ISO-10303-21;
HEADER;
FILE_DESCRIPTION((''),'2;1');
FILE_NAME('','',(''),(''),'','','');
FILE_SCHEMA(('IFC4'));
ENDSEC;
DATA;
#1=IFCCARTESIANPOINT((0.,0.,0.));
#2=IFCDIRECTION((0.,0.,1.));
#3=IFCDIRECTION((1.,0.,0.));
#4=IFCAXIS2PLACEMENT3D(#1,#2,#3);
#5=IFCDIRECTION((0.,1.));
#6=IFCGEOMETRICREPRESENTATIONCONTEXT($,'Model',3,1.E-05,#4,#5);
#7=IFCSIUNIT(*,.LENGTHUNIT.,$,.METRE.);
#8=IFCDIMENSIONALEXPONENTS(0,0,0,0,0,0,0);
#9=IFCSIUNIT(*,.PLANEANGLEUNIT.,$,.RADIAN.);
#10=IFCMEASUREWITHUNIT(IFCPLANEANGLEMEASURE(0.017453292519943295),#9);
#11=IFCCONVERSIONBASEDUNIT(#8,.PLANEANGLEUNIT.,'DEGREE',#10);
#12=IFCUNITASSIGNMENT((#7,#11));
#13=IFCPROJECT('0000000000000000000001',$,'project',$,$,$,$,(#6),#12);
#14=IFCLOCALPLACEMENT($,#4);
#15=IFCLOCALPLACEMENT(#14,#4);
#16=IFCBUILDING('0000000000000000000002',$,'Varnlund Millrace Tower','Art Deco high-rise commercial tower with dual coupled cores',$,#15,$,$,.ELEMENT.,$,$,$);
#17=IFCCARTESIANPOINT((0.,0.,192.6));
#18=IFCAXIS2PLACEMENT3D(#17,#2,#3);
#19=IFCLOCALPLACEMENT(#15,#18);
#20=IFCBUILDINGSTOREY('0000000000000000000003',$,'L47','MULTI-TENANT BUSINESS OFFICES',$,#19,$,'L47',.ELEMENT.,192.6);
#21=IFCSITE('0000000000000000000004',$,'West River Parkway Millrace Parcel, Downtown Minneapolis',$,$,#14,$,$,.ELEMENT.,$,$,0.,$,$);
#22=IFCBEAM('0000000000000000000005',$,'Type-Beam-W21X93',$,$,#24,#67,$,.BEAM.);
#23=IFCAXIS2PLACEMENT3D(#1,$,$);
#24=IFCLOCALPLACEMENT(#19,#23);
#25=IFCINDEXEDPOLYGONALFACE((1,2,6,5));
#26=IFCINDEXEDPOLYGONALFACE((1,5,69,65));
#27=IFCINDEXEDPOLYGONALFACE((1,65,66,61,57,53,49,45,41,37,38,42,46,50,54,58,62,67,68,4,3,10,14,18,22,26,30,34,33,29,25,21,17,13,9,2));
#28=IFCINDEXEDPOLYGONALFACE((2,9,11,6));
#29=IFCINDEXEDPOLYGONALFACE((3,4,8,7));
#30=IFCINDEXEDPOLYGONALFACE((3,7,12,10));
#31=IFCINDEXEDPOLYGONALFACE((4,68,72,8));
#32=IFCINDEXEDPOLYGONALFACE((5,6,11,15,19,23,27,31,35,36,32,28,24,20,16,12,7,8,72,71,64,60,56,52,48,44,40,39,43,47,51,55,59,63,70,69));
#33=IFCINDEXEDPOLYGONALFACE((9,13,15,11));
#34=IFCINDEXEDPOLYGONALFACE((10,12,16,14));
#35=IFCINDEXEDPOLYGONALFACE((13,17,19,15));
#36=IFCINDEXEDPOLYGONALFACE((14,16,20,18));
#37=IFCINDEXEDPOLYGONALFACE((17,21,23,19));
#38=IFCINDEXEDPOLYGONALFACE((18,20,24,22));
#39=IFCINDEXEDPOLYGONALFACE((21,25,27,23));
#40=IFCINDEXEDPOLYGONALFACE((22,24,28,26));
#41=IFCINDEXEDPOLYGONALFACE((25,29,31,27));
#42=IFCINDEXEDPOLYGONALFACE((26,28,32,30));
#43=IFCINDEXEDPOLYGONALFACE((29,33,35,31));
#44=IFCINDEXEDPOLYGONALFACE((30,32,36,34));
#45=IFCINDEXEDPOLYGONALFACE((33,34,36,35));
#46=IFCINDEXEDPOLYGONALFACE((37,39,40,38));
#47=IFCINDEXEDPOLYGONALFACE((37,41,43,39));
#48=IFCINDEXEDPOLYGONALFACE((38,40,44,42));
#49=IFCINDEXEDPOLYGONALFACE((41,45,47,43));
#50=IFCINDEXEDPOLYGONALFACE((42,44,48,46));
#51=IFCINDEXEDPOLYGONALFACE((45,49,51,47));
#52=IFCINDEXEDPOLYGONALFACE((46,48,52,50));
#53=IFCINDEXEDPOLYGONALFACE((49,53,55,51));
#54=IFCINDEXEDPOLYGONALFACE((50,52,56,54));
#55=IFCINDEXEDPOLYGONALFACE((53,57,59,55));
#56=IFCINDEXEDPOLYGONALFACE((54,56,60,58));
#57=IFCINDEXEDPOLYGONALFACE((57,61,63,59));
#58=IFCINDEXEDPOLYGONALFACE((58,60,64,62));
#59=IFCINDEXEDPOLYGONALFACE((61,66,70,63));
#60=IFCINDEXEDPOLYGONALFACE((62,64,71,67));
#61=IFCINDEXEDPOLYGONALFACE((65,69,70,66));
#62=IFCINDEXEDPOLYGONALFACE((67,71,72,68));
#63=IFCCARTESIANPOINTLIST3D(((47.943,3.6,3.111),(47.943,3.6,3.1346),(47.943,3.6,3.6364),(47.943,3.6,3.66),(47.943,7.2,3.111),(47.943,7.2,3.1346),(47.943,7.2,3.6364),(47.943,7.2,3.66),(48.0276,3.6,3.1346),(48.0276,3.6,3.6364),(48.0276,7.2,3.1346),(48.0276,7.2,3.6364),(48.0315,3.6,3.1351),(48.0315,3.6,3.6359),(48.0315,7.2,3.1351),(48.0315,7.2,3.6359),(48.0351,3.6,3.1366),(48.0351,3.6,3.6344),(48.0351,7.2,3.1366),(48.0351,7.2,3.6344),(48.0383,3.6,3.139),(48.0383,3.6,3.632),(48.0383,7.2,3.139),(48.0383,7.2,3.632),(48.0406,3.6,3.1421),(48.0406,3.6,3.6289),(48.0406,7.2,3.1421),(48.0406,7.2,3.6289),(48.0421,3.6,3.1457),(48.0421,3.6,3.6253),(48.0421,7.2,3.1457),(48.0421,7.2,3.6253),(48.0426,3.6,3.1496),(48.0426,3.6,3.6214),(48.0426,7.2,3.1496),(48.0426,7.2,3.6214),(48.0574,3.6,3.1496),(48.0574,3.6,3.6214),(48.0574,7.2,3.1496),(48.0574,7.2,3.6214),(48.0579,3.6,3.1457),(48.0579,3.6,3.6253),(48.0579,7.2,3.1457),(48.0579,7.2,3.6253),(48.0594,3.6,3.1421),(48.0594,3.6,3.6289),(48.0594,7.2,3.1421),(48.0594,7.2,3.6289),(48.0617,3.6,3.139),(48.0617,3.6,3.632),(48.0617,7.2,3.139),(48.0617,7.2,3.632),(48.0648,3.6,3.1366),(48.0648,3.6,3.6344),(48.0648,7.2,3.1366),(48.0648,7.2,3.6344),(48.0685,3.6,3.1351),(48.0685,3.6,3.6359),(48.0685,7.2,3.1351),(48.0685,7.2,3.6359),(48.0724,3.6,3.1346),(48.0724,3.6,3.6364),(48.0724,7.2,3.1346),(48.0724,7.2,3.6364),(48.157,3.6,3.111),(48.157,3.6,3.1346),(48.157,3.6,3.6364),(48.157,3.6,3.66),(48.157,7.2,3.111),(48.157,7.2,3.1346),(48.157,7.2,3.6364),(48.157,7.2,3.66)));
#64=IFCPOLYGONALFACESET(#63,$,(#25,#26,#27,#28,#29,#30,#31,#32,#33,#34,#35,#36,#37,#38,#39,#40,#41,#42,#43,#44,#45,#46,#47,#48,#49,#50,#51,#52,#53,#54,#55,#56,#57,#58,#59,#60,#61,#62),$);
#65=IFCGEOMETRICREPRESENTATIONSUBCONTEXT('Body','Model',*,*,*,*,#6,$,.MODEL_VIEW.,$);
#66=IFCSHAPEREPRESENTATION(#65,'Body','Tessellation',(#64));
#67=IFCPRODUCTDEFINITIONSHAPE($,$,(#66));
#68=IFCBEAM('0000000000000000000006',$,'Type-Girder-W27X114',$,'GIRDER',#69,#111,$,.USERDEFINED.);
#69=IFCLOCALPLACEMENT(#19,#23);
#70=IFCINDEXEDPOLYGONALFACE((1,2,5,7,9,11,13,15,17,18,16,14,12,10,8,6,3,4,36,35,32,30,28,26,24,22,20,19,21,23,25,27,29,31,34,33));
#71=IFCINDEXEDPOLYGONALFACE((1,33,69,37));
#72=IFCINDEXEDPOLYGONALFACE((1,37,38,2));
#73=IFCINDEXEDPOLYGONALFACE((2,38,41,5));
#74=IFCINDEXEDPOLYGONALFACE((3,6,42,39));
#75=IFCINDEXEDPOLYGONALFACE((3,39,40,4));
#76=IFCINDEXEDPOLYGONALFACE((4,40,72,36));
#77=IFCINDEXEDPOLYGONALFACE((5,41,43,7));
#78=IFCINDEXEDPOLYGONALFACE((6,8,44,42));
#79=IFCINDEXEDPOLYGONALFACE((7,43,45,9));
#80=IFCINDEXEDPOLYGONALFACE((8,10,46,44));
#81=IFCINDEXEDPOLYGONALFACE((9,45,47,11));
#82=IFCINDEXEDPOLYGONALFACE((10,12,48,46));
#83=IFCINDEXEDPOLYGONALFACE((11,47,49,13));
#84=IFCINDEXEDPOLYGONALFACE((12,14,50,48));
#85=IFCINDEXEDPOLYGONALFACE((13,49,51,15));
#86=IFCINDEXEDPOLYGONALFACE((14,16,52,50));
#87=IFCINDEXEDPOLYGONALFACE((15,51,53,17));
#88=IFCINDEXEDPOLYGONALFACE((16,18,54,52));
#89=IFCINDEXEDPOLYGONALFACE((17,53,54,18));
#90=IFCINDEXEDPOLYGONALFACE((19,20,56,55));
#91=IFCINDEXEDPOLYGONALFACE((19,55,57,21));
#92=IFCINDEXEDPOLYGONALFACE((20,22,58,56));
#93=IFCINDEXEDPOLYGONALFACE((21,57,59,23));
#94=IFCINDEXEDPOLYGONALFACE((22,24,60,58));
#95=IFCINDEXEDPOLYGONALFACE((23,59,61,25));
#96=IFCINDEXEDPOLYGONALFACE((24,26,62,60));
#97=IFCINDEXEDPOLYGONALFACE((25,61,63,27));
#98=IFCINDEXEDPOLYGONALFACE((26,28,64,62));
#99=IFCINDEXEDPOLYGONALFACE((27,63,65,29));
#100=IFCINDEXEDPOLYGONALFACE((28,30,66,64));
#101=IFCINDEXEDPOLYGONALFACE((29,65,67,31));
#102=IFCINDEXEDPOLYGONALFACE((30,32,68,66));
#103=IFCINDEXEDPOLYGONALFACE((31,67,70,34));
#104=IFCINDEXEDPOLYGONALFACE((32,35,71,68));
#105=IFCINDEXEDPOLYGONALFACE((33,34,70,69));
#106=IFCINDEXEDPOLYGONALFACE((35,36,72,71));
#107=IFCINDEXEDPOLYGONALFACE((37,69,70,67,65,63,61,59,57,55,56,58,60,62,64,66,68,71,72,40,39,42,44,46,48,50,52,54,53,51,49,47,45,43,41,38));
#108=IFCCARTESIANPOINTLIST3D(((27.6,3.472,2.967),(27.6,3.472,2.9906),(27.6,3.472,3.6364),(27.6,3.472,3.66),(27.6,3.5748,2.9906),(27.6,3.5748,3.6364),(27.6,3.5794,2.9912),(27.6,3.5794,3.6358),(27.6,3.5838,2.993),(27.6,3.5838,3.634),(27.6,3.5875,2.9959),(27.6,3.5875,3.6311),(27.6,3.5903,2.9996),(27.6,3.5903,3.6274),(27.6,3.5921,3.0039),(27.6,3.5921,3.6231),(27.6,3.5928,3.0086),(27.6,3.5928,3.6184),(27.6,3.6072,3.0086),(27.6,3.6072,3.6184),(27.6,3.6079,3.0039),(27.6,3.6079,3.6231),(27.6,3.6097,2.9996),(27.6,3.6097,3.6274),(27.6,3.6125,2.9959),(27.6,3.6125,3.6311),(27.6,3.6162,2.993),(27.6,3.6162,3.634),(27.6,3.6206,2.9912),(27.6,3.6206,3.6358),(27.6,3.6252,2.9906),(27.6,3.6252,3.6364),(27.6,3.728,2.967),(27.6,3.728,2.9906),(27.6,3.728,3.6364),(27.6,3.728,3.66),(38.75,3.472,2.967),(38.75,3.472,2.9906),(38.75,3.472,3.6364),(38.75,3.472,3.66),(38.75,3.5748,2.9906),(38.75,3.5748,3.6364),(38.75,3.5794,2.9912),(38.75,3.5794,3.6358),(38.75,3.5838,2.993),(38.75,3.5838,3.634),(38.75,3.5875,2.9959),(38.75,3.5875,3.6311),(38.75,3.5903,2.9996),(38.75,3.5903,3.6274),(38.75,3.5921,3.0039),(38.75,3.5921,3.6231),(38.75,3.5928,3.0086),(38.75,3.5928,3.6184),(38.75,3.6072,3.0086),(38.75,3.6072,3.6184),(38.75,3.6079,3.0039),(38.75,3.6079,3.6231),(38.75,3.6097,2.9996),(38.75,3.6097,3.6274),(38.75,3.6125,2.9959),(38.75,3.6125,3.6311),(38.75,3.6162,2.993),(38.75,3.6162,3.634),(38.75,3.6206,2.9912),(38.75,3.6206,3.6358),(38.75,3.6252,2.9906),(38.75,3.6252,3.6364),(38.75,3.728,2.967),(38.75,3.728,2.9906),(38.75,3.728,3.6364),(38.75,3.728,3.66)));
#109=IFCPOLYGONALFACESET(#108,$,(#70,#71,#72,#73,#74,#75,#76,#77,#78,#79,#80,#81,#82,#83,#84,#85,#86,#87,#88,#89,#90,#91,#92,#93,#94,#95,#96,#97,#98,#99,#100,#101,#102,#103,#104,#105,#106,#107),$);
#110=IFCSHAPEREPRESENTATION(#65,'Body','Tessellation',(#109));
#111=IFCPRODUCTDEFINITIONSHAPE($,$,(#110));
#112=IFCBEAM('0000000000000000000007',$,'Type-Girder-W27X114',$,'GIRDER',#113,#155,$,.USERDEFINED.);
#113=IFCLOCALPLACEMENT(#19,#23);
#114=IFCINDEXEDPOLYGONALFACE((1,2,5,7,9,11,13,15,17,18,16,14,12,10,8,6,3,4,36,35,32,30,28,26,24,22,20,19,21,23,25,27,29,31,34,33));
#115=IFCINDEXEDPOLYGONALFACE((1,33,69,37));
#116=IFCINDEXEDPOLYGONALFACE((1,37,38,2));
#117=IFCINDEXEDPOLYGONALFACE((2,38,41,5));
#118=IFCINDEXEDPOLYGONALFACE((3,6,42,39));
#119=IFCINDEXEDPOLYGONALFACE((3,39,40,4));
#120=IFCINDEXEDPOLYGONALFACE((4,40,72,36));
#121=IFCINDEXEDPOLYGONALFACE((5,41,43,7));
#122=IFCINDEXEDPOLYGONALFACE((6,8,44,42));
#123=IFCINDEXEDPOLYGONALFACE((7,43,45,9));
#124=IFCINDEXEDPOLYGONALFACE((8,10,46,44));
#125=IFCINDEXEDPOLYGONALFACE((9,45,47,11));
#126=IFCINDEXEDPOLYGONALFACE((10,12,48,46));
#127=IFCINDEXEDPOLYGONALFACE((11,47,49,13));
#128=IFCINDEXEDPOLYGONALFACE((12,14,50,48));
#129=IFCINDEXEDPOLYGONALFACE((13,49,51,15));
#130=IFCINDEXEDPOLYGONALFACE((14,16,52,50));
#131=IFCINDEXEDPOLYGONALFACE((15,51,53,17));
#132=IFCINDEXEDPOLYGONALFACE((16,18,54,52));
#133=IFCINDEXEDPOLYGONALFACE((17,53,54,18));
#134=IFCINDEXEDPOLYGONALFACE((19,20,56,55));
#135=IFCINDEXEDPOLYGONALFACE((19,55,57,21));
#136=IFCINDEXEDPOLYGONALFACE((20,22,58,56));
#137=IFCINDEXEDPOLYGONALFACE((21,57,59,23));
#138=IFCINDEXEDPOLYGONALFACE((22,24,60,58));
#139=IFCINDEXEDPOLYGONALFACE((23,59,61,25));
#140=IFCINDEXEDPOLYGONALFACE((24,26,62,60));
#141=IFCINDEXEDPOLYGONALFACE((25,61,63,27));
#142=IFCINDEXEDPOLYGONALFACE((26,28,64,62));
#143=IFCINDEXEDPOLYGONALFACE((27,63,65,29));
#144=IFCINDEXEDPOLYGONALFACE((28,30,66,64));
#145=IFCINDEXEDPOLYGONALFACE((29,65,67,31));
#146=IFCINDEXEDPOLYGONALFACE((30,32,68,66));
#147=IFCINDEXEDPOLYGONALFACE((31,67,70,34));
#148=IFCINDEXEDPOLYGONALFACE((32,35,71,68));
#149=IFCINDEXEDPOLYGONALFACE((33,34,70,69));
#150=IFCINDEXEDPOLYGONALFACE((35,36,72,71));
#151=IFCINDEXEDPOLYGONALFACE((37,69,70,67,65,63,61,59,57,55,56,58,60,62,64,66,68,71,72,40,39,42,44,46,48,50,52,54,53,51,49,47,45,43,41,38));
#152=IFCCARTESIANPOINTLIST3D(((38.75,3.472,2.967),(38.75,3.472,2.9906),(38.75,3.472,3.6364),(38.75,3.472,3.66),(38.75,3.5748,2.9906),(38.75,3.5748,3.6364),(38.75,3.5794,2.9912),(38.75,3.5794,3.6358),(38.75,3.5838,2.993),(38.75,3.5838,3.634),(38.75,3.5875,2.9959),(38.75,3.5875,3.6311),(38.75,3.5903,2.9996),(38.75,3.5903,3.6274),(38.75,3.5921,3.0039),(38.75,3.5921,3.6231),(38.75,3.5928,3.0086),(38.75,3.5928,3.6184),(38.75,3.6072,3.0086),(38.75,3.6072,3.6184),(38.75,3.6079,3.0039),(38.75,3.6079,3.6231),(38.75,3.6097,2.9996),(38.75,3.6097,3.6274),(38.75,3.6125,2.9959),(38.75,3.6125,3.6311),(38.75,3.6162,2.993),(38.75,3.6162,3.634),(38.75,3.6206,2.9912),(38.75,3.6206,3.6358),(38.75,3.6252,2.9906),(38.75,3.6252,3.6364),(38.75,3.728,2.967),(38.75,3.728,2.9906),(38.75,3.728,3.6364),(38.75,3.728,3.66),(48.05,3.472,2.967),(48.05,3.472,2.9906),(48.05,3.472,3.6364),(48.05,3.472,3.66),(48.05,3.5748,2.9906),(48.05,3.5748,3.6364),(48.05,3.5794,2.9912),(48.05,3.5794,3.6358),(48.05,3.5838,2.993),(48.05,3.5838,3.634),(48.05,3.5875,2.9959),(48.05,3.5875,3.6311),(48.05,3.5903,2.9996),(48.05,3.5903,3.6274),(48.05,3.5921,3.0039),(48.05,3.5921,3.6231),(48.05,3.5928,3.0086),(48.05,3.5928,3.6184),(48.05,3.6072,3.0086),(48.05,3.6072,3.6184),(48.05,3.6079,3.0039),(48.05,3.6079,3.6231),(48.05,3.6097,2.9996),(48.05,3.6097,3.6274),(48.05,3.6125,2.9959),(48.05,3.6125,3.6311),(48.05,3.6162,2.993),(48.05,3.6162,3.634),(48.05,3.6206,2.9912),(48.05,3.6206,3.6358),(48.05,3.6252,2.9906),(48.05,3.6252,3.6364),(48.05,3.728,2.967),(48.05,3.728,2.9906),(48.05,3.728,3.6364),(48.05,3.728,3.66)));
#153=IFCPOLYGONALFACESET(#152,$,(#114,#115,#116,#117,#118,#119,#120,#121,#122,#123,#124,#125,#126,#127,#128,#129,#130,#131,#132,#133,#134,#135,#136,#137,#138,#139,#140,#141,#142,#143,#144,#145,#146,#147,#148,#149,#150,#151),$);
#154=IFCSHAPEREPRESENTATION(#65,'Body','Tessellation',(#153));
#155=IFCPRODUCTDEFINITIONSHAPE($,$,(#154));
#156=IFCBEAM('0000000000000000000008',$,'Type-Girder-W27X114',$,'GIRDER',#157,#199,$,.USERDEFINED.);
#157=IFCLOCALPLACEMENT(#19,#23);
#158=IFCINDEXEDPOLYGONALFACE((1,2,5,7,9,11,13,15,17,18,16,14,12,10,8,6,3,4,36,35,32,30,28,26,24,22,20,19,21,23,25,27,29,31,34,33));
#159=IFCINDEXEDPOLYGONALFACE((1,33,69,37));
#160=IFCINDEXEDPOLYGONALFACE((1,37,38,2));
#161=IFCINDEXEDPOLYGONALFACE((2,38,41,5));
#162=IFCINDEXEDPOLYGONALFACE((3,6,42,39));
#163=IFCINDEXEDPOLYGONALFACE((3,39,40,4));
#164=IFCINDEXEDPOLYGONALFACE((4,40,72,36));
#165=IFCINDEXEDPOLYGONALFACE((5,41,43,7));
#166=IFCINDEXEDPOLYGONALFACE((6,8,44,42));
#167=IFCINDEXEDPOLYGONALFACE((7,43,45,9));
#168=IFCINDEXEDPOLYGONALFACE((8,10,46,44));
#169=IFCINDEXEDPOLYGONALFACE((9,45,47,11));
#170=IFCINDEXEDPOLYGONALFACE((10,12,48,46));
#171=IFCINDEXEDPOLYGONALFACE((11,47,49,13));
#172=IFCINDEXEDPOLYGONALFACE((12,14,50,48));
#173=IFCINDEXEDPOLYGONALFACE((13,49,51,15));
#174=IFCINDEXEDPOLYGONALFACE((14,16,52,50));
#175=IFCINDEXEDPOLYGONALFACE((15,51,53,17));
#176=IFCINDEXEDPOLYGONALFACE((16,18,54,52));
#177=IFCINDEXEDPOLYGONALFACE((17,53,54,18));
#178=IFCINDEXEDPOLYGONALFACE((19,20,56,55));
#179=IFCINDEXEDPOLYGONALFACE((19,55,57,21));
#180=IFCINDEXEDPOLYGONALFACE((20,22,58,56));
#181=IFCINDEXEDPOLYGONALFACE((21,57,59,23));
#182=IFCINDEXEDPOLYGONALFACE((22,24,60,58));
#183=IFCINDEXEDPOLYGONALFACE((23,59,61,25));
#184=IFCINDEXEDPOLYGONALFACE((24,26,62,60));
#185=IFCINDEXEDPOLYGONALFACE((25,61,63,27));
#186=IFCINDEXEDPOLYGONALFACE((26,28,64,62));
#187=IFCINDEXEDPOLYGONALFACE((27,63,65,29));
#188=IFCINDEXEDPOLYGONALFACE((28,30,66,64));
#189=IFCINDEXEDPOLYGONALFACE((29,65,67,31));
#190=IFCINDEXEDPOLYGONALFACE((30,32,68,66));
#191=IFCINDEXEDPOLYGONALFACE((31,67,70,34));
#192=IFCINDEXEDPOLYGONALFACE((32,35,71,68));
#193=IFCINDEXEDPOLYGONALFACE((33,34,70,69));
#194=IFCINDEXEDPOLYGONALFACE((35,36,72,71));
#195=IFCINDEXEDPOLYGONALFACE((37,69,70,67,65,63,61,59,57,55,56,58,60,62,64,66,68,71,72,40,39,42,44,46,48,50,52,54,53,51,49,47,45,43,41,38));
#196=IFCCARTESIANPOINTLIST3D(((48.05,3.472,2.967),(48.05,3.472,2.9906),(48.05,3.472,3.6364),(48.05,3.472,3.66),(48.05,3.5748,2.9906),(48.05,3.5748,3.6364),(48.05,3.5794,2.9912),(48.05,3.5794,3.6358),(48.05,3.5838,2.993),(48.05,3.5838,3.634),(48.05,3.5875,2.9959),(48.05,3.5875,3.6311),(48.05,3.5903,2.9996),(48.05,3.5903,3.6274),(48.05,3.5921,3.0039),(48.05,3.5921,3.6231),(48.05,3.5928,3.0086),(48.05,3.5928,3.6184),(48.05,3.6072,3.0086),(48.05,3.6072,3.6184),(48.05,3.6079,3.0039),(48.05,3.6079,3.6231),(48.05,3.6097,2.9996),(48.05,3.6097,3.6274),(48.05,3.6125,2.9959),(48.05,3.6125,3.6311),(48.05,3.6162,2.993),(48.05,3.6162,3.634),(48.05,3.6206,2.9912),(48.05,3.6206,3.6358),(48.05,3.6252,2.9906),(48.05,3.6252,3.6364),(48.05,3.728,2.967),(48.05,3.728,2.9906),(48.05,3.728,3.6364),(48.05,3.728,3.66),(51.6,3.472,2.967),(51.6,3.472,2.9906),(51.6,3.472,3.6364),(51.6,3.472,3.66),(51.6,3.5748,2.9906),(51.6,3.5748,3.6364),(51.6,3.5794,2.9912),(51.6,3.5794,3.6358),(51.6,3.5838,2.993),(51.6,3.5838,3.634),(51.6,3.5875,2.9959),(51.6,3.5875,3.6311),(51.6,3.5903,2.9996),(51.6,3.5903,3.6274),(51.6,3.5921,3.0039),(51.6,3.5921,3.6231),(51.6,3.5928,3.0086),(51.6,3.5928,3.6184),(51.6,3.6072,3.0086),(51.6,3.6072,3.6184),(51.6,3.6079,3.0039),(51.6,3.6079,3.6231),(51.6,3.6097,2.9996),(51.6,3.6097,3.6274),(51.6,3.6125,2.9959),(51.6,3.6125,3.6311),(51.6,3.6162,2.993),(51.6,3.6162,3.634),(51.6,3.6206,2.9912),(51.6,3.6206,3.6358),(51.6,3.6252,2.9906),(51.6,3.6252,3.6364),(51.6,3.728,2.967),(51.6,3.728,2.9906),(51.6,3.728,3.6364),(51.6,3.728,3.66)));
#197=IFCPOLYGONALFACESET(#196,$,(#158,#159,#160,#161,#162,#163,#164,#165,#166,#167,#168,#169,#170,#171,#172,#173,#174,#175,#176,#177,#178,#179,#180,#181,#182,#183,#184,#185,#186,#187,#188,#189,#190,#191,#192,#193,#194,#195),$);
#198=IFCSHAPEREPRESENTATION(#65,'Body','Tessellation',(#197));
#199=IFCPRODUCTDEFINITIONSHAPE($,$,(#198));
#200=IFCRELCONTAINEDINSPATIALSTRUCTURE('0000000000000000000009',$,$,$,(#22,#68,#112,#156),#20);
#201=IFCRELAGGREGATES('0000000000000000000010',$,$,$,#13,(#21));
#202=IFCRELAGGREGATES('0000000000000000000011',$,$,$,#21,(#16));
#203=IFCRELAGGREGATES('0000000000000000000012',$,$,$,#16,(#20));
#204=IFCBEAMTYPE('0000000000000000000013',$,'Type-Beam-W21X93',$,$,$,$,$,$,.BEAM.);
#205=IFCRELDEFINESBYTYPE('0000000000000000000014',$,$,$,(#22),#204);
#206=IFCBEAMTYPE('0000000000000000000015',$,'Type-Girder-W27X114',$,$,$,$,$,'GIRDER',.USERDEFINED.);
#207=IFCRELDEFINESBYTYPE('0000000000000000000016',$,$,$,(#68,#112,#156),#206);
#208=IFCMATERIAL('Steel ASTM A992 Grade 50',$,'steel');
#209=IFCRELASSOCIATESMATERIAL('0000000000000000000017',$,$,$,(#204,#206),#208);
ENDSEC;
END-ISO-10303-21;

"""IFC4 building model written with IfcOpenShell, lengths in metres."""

from ifc_helpers import new_model, entity, si_unit, converted_unit, direction, frame, origin_with_axes, origin_2d_with_axis, place, context, subcontext, project, spatial, i_section, extrude, material, material_profile, profile_set, type_object, element, save


model = new_model("IFC4")

# Units and contexts
model_context = context("Model", 3, precision=1e-05, world=origin_with_axes(), true_north=direction((0.0, 1.0)))
body_context = subcontext(model_context, "Body", "Model", "MODEL_VIEW")
ifc_project = project(units=[si_unit("LENGTHUNIT", "METRE"), converted_unit("PLANEANGLEUNIT", "DEGREE", entity("IfcPlaneAngleMeasure", 0.017453292519943295), si_unit("PLANEANGLEUNIT", "RADIAN"), dimensions=[0, 0, 0, 0, 0, 0, 0])], contexts=[model_context])

# Site, building, storey
site_placement = place(None, origin_with_axes())
site = spatial("IfcSite", under=ifc_project, at=site_placement, Name="West River Parkway Millrace Parcel, Downtown Minneapolis", CompositionType="ELEMENT", RefElevation=0.0)
building_placement = place(site_placement, origin_with_axes())
building = spatial("IfcBuilding", under=site, at=building_placement, Name="Varnlund Millrace Tower", Description="Art Deco high-rise commercial tower with dual coupled cores", CompositionType="ELEMENT")
storey_placement = place(building_placement, frame((0.0, 0.0, 192.6), z_axis=(0.0, 0.0, 1.0), x_axis=(1.0, 0.0, 0.0)))
storey = spatial("IfcBuildingStorey", under=building, at=storey_placement, Name="L47", Description="MULTI-TENANT BUSINESS OFFICES", LongName="L47", CompositionType="ELEMENT", Elevation=192.6)

# Beams
ifc_material_1 = material(Name="Steel ASTM A992 Grade 50", Category="steel")
ifc_material_profile_1 = material_profile(ifc_material_1, i_section(OverallWidth=0.214, OverallDepth=0.549, WebThickness=0.0147, FlangeThickness=0.0236, FilletRadius=0.015, at=origin_2d_with_axis()), Name="Steel ASTM A992 Grade 50")
ifc_profile_set_1 = profile_set([ifc_material_profile_1], Name="Steel ASTM A992 Grade 50")
beam_type_1 = type_object("IfcBeamType", Name="Type-Beam-W21X93", PredefinedType="BEAM", material=ifc_profile_set_1)
beam_1_placement = place(storey_placement, frame((48.05, 3.6, 3.3855), z_axis=(0.0, 1.0, 0.0), x_axis=(-1.0, 0.0, 0.0)))
element("IfcBeam", 1, at=beam_1_placement, inside=storey, type_object=beam_type_1, Name="Type-Beam-W21X93", PredefinedType="BEAM", context=body_context, shape_type="SweptSolid", body=[
    extrude(i_section(OverallWidth=0.214, OverallDepth=0.549, WebThickness=0.0147, FlangeThickness=0.0236, FilletRadius=0.015, at=origin_2d_with_axis()), origin_with_axes(), (0.0, 0.0, 1.0), 3.6),
])
ifc_material_profile_2 = material_profile(ifc_material_1, i_section(OverallWidth=0.256, OverallDepth=0.693, WebThickness=0.0145, FlangeThickness=0.0236, FilletRadius=0.018, at=origin_2d_with_axis()), Name="Steel ASTM A992 Grade 50")
ifc_profile_set_2 = profile_set([ifc_material_profile_2], Name="Steel ASTM A992 Grade 50")
beam_type_2 = type_object("IfcBeamType", Name="Type-Girder-W27X114", ElementType="GIRDER", PredefinedType="USERDEFINED", material=ifc_profile_set_2)
beam_2_placement = place(storey_placement, frame((27.6, 3.6, 3.3135), z_axis=(1.0, 0.0, 0.0), x_axis=(0.0, 1.0, 0.0)))
element("IfcBeam", 2, at=beam_2_placement, inside=storey, type_object=beam_type_2, Name="Type-Girder-W27X114", ObjectType="GIRDER", PredefinedType="USERDEFINED", context=body_context, shape_type="SweptSolid", body=[
    extrude(i_section(OverallWidth=0.256, OverallDepth=0.693, WebThickness=0.0145, FlangeThickness=0.0236, FilletRadius=0.018, at=origin_2d_with_axis()), origin_with_axes(), (0.0, 0.0, 1.0), 11.15),
])
beam_3_placement = place(storey_placement, frame((38.75, 3.6, 3.3135), z_axis=(1.0, 0.0, 0.0), x_axis=(0.0, 1.0, 0.0)))
element("IfcBeam", 3, at=beam_3_placement, inside=storey, type_object=beam_type_2, Name="Type-Girder-W27X114", ObjectType="GIRDER", PredefinedType="USERDEFINED", context=body_context, shape_type="SweptSolid", body=[
    extrude(i_section(OverallWidth=0.256, OverallDepth=0.693, WebThickness=0.0145, FlangeThickness=0.0236, FilletRadius=0.018, at=origin_2d_with_axis()), origin_with_axes(), (0.0, 0.0, 1.0), 9.3),
])
beam_4_placement = place(storey_placement, frame((48.05, 3.6, 3.3135), z_axis=(1.0, 0.0, 0.0), x_axis=(0.0, 1.0, 0.0)))
element("IfcBeam", 4, at=beam_4_placement, inside=storey, type_object=beam_type_2, Name="Type-Girder-W27X114", ObjectType="GIRDER", PredefinedType="USERDEFINED", context=body_context, shape_type="SweptSolid", body=[
    extrude(i_section(OverallWidth=0.256, OverallDepth=0.693, WebThickness=0.0145, FlangeThickness=0.0236, FilletRadius=0.018, at=origin_2d_with_axis()), origin_with_axes(), (0.0, 0.0, 1.0), 3.55),
])

save(model, "model.ifc")
